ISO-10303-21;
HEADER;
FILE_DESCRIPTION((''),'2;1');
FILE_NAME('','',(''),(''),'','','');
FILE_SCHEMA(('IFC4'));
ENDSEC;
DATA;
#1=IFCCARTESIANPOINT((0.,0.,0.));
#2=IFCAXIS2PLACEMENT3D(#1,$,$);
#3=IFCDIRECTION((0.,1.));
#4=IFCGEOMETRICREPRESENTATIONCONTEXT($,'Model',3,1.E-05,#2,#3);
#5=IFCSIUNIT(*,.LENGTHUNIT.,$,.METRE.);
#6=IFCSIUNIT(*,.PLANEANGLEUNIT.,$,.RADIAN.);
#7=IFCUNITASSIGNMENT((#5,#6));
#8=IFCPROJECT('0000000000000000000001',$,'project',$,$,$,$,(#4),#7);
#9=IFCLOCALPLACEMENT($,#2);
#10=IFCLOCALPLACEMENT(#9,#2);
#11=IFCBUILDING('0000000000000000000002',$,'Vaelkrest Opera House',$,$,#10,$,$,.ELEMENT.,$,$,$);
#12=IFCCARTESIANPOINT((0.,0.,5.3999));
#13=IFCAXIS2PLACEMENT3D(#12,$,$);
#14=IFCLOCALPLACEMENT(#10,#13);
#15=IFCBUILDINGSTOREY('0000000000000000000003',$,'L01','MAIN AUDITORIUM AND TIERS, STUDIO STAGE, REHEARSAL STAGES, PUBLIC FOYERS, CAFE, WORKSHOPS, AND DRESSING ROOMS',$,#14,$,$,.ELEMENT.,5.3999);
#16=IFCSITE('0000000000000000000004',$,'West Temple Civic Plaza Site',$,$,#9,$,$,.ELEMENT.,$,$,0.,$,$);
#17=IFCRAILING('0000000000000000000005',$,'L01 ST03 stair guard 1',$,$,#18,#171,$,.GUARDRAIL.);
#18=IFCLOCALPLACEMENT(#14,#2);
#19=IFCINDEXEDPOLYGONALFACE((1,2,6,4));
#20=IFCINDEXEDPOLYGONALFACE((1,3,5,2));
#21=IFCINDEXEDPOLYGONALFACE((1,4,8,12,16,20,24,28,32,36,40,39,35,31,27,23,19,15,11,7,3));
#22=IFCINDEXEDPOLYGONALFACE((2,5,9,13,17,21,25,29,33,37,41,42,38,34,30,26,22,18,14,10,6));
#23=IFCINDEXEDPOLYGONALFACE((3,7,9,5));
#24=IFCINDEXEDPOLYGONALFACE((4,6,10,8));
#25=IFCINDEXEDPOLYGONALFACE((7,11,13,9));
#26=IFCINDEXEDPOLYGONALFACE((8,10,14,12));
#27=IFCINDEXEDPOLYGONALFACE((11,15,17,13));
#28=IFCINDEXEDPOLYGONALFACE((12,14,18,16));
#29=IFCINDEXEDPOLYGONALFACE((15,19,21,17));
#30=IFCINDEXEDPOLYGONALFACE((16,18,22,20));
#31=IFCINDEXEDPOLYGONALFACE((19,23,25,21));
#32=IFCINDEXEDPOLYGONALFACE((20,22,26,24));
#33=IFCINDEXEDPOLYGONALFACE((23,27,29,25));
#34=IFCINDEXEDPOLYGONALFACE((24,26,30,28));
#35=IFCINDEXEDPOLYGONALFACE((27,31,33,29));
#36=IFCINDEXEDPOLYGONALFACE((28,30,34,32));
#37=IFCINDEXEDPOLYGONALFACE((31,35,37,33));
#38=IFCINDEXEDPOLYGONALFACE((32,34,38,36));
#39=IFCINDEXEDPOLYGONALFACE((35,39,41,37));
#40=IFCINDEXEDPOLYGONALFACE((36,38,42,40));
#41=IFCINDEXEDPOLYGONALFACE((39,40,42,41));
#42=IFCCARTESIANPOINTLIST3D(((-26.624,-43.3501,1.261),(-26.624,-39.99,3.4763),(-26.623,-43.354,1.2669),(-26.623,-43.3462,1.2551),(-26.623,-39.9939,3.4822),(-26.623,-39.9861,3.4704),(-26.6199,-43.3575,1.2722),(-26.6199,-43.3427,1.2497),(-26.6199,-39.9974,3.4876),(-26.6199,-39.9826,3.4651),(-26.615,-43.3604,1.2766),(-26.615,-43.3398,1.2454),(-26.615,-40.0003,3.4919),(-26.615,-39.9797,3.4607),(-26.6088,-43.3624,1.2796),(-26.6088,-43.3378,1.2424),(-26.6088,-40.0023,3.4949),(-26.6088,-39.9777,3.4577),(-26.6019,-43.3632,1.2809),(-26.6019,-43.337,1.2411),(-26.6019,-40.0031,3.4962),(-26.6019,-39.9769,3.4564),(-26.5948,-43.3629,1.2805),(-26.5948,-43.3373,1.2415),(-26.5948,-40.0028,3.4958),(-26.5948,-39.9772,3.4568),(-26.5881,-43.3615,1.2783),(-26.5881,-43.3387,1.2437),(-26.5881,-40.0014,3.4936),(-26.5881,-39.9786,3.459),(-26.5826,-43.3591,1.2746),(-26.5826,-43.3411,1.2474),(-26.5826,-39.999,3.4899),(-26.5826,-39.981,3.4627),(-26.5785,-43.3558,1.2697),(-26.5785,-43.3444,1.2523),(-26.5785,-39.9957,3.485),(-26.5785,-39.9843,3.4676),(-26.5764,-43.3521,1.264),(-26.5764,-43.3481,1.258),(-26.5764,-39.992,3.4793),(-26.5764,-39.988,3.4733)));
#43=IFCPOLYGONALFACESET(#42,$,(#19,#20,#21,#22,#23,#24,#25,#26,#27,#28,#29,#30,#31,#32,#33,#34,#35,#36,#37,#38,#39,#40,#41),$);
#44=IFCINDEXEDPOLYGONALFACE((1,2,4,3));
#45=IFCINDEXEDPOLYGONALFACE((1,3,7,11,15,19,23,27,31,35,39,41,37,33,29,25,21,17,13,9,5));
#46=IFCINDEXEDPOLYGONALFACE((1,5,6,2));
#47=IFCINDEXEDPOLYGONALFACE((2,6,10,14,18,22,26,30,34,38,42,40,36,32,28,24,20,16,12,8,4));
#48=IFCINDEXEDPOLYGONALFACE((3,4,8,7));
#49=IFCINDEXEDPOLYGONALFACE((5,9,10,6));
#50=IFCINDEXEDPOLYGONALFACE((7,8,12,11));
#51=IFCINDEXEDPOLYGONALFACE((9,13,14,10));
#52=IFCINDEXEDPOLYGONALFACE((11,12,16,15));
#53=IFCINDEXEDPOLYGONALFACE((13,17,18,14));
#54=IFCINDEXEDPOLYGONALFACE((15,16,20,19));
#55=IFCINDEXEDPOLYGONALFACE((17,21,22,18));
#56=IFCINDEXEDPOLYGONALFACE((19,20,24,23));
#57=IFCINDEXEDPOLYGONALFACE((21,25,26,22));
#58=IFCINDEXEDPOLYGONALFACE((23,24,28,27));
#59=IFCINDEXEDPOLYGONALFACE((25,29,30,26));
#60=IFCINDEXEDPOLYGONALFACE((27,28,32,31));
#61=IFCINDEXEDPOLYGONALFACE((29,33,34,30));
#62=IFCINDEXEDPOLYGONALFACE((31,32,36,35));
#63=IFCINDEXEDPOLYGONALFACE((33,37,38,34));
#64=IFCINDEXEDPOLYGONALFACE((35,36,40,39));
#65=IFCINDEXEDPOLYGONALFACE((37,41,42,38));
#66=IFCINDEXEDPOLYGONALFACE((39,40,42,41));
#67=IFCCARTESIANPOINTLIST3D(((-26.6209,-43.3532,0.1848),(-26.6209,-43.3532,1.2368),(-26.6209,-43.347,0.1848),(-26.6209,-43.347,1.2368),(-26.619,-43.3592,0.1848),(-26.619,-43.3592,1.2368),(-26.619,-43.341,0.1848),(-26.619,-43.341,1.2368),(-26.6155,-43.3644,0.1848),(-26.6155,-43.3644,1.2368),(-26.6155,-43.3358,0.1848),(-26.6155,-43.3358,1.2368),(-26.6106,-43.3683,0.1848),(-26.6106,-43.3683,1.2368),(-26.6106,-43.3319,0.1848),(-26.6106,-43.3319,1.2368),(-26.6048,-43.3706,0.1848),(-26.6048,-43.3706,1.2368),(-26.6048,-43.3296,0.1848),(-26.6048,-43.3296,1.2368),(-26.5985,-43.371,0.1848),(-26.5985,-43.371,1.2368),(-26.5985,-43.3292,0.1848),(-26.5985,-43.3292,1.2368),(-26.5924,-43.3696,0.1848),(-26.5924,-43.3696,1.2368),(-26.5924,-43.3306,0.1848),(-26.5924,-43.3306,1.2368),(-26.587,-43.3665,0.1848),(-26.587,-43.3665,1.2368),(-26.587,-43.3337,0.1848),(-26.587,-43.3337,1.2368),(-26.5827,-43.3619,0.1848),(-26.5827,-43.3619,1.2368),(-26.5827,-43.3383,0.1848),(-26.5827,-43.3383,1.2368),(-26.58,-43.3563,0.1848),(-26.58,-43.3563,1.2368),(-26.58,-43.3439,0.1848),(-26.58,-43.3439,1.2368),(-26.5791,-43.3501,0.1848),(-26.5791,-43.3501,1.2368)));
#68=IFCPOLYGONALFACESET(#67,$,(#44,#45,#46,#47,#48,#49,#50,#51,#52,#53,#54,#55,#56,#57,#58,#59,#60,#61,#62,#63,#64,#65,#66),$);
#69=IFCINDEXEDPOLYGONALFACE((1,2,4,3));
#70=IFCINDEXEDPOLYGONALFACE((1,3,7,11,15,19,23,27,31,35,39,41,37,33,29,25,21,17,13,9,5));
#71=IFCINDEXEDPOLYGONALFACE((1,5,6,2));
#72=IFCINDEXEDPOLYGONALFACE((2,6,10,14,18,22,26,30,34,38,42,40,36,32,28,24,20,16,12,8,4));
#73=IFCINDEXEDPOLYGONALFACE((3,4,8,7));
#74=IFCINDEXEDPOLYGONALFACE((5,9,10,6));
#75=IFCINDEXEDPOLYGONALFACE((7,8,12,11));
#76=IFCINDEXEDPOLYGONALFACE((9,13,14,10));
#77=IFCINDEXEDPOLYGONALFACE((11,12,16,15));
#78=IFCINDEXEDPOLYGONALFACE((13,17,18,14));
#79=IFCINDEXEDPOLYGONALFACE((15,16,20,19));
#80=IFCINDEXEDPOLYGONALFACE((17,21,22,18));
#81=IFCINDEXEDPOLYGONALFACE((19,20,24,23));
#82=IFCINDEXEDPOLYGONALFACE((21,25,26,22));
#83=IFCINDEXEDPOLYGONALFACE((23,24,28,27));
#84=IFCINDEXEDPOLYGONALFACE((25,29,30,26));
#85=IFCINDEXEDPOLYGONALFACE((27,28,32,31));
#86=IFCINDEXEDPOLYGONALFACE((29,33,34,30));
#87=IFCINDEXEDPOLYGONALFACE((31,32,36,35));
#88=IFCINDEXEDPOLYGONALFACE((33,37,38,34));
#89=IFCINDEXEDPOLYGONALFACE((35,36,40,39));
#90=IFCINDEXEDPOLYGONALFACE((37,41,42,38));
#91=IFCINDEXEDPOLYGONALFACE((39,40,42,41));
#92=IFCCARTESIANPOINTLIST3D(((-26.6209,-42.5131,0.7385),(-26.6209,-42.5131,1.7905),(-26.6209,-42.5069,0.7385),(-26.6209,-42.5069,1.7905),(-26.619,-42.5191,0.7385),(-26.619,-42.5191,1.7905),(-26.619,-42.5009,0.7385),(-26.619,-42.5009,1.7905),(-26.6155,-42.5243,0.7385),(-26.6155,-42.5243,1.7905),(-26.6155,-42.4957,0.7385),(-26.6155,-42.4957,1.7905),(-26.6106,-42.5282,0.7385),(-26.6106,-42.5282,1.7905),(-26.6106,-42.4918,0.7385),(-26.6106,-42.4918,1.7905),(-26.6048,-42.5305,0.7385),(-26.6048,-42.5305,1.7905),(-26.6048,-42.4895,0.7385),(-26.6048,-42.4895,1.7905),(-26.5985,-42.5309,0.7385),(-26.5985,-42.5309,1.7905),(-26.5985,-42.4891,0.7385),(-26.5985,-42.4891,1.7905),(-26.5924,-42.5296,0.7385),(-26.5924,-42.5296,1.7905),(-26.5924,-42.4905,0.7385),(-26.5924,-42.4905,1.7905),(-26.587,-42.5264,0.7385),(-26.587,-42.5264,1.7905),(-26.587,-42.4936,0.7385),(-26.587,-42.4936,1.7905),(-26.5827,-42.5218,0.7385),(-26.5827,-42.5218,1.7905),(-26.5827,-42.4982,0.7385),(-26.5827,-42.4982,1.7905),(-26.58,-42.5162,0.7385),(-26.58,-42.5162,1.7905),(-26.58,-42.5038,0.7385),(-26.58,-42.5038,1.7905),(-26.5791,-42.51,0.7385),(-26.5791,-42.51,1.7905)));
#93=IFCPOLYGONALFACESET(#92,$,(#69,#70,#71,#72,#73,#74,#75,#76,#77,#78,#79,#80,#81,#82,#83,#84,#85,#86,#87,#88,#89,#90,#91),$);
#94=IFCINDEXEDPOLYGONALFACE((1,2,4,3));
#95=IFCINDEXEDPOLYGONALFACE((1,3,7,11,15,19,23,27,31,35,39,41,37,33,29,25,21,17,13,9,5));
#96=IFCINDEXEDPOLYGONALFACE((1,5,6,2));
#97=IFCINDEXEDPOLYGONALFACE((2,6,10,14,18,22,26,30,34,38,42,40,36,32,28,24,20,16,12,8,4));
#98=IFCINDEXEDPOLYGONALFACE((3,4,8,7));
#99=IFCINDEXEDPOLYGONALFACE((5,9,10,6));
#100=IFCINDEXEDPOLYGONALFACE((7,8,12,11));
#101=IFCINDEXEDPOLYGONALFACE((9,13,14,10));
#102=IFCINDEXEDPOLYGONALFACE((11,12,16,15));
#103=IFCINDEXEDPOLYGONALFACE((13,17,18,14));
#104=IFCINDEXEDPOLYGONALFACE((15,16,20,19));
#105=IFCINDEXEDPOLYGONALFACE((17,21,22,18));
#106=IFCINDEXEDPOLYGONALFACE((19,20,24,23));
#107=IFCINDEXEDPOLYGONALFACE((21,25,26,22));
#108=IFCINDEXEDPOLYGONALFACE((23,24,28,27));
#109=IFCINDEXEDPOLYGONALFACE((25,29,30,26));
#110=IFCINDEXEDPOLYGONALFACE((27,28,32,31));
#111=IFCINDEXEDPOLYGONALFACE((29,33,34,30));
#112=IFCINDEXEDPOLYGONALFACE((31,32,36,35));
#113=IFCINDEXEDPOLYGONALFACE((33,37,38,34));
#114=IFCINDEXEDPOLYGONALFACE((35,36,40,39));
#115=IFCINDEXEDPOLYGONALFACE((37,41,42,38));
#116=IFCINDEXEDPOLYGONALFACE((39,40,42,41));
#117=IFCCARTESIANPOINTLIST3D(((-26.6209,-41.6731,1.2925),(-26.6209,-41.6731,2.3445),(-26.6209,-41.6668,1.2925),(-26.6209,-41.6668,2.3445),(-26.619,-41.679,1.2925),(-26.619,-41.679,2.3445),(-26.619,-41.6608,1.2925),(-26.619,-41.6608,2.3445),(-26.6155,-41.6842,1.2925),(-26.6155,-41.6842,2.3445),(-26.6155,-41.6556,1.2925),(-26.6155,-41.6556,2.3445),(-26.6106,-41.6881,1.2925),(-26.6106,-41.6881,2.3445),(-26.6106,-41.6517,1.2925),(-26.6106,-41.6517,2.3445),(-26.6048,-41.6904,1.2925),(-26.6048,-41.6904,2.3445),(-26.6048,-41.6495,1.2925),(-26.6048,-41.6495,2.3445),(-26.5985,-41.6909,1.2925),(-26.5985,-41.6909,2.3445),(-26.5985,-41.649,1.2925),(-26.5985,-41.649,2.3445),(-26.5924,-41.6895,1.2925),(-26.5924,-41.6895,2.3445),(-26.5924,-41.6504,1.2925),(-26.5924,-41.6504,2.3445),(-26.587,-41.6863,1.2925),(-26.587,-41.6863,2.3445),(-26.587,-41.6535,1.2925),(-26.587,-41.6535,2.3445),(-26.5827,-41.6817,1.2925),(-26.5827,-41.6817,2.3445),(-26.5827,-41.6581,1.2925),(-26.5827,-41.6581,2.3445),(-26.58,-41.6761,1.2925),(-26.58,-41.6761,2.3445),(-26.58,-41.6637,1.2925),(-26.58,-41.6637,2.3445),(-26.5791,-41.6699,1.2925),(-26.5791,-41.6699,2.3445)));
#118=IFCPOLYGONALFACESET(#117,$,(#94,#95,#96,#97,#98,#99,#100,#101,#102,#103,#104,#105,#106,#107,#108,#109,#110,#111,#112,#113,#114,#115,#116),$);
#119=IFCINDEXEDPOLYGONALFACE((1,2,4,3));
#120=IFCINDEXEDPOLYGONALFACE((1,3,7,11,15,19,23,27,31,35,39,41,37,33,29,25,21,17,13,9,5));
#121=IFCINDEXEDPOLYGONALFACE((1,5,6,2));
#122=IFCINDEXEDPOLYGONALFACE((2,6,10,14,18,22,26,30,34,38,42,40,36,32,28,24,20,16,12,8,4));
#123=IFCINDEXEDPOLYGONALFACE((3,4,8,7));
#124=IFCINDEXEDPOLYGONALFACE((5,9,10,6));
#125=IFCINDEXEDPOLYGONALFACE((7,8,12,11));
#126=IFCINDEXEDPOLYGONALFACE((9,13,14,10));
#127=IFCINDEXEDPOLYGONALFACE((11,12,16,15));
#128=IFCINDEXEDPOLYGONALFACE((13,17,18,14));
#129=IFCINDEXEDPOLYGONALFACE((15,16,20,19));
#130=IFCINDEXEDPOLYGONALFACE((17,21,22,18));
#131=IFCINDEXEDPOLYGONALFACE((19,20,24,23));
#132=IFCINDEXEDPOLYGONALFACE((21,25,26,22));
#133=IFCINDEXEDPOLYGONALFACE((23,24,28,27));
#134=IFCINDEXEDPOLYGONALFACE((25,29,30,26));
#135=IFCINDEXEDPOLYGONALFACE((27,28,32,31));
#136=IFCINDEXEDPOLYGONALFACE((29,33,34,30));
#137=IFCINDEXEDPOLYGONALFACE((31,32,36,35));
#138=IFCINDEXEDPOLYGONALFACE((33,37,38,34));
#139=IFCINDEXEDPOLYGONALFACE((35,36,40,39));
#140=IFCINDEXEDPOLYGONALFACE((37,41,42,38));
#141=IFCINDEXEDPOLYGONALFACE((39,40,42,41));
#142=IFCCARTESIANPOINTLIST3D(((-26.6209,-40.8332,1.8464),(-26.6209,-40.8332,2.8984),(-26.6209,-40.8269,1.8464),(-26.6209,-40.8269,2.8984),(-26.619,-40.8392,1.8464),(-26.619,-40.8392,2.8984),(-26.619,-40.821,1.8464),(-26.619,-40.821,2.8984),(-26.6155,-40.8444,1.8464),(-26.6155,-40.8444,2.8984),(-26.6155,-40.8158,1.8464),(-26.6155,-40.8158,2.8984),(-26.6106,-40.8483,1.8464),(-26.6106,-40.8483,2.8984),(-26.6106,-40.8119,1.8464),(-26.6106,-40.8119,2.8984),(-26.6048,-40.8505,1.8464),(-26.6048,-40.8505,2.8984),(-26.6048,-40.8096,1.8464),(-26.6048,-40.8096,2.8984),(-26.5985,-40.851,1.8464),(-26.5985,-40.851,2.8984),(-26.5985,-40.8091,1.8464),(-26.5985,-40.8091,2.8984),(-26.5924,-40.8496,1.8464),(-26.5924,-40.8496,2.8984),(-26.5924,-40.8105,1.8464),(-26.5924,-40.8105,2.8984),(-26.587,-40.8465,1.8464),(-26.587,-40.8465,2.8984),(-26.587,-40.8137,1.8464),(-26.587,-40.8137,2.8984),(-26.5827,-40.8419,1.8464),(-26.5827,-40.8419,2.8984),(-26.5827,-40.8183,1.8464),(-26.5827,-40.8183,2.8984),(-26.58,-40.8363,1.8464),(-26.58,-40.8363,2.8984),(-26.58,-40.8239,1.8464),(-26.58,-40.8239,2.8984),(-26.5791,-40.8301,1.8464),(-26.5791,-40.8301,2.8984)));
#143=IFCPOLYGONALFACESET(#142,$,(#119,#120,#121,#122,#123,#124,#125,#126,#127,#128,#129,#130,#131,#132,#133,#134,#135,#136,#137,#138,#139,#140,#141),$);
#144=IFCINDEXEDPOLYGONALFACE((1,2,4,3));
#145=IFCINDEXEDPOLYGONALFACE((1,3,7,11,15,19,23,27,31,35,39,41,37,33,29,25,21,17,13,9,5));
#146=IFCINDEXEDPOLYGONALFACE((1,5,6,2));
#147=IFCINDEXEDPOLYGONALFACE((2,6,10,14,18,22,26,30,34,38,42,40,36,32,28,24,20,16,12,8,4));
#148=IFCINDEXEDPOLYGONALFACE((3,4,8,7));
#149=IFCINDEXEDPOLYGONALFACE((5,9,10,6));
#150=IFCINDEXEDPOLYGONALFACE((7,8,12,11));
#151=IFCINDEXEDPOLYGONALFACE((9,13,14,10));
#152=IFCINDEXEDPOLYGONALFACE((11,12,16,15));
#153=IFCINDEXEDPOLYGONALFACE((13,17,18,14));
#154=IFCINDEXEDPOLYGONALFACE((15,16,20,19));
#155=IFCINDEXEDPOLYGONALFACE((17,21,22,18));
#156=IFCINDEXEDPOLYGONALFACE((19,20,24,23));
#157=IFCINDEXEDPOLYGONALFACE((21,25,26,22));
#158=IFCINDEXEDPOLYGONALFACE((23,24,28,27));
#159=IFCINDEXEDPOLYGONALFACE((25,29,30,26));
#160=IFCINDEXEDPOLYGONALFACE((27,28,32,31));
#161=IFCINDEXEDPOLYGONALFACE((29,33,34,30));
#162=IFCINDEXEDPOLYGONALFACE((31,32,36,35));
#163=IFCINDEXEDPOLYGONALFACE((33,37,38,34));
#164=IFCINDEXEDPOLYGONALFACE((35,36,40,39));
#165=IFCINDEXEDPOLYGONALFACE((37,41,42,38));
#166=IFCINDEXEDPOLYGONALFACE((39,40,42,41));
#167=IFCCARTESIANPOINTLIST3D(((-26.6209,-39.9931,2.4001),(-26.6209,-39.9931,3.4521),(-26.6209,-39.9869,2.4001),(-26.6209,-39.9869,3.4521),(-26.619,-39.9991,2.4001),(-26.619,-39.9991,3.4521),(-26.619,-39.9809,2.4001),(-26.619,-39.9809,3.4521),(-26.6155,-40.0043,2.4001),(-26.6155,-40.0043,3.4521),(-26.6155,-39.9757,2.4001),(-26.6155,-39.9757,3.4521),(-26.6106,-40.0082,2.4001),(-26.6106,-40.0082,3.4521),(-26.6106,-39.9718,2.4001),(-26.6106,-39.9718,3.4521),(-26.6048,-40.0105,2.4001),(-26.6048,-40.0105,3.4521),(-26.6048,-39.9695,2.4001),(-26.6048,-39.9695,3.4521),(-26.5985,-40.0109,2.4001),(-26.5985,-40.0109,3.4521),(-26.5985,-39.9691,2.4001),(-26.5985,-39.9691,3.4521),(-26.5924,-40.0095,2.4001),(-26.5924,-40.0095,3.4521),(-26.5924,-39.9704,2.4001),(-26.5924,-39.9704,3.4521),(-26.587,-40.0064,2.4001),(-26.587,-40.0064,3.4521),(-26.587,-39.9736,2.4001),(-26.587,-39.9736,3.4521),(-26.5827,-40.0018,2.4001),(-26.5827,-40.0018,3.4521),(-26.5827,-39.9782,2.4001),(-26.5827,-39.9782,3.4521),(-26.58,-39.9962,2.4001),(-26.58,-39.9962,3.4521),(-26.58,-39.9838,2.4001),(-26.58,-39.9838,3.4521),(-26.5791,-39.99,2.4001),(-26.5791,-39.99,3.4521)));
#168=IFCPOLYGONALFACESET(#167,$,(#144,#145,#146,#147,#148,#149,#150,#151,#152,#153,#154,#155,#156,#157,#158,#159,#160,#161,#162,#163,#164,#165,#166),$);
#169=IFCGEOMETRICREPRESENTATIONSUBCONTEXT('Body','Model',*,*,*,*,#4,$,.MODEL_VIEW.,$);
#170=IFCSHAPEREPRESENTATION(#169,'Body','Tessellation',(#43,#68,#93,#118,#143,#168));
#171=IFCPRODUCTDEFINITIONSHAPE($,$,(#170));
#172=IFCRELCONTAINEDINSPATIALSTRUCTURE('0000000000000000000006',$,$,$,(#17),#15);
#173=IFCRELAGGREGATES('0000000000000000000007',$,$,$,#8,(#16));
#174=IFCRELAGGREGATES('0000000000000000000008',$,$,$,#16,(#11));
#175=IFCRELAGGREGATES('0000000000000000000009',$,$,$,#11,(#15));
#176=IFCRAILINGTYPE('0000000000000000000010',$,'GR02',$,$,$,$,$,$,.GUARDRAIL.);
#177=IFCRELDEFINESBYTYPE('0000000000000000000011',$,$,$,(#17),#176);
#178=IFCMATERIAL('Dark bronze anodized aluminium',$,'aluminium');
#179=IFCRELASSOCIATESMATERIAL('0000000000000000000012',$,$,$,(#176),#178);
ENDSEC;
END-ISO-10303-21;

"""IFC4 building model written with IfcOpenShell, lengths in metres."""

from ifc_helpers import new_model, si_unit, direction, frame, origin, origin_2d, place, context, subcontext, project, spatial, circle, extrude, material, type_object, element, save


model = new_model("IFC4")

# Units and contexts
model_context = context("Model", 3, precision=1e-05, world=origin(), true_north=direction((0.0, 1.0)))
body_context = subcontext(model_context, "Body", "Model", "MODEL_VIEW")
ifc_project = project(units=[si_unit("LENGTHUNIT", "METRE"), si_unit("PLANEANGLEUNIT", "RADIAN")], contexts=[model_context])

# Site, building, storey
site_placement = place(None, origin())
site = spatial("IfcSite", under=ifc_project, at=site_placement, Name="West Temple Civic Plaza Site", CompositionType="ELEMENT", RefElevation=0.0)
building_placement = place(site_placement, origin())
building = spatial("IfcBuilding", under=site, at=building_placement, Name="Vaelkrest Opera House", CompositionType="ELEMENT")
storey_placement = place(building_placement, frame((0.0, 0.0, 5.3999)))
storey = spatial("IfcBuildingStorey", under=building, at=storey_placement, Name="L01", Description="MAIN AUDITORIUM AND TIERS, STUDIO STAGE, REHEARSAL STAGES, PUBLIC FOYERS, CAFE, WORKSHOPS, AND DRESSING ROOMS", CompositionType="ELEMENT", Elevation=5.3999)

# Shared definitions
ifc_material_1 = material(Name="Dark bronze anodized aluminium", Category="aluminium")

# Railing
railing_type_1 = type_object("IfcRailingType", Name="GR02", PredefinedType="GUARDRAIL", material=ifc_material_1)
railing_1_placement = place(storey_placement, frame((-26.6001, -43.3501, 0.1848)))
element("IfcRailing", 1, at=railing_1_placement, inside=storey, type_object=railing_type_1, Name="L01 ST03 stair guard 1", PredefinedType="GUARDRAIL", context=body_context, shape_type="SweptSolid", body=[
    extrude(circle(Radius=0.0239, at=origin_2d()), frame((0.0, 0.0, 1.0762), z_axis=(0.0, 0.834876, 0.550437), x_axis=(-1.0, 0.0, 0.0)), (0.0, 0.0, 1.0), 4.0247),
    extrude(circle(Radius=0.021, at=origin_2d()), origin(), (0.0, 0.0, 1.0), 1.052),
    extrude(circle(Radius=0.021, at=origin_2d()), frame((0.0, 0.8401, 0.5537)), (0.0, 0.0, 1.0), 1.052),
    extrude(circle(Radius=0.021, at=origin_2d()), frame((0.0, 1.6802, 1.1077)), (0.0, 0.0, 1.0), 1.052),
    extrude(circle(Radius=0.021, at=origin_2d()), frame((0.0, 2.52, 1.6616)), (0.0, 0.0, 1.0), 1.052),
    extrude(circle(Radius=0.021, at=origin_2d()), frame((0.0, 3.3601, 2.2153)), (0.0, 0.0, 1.0), 1.052),
])

save(model, "model.ifc")
